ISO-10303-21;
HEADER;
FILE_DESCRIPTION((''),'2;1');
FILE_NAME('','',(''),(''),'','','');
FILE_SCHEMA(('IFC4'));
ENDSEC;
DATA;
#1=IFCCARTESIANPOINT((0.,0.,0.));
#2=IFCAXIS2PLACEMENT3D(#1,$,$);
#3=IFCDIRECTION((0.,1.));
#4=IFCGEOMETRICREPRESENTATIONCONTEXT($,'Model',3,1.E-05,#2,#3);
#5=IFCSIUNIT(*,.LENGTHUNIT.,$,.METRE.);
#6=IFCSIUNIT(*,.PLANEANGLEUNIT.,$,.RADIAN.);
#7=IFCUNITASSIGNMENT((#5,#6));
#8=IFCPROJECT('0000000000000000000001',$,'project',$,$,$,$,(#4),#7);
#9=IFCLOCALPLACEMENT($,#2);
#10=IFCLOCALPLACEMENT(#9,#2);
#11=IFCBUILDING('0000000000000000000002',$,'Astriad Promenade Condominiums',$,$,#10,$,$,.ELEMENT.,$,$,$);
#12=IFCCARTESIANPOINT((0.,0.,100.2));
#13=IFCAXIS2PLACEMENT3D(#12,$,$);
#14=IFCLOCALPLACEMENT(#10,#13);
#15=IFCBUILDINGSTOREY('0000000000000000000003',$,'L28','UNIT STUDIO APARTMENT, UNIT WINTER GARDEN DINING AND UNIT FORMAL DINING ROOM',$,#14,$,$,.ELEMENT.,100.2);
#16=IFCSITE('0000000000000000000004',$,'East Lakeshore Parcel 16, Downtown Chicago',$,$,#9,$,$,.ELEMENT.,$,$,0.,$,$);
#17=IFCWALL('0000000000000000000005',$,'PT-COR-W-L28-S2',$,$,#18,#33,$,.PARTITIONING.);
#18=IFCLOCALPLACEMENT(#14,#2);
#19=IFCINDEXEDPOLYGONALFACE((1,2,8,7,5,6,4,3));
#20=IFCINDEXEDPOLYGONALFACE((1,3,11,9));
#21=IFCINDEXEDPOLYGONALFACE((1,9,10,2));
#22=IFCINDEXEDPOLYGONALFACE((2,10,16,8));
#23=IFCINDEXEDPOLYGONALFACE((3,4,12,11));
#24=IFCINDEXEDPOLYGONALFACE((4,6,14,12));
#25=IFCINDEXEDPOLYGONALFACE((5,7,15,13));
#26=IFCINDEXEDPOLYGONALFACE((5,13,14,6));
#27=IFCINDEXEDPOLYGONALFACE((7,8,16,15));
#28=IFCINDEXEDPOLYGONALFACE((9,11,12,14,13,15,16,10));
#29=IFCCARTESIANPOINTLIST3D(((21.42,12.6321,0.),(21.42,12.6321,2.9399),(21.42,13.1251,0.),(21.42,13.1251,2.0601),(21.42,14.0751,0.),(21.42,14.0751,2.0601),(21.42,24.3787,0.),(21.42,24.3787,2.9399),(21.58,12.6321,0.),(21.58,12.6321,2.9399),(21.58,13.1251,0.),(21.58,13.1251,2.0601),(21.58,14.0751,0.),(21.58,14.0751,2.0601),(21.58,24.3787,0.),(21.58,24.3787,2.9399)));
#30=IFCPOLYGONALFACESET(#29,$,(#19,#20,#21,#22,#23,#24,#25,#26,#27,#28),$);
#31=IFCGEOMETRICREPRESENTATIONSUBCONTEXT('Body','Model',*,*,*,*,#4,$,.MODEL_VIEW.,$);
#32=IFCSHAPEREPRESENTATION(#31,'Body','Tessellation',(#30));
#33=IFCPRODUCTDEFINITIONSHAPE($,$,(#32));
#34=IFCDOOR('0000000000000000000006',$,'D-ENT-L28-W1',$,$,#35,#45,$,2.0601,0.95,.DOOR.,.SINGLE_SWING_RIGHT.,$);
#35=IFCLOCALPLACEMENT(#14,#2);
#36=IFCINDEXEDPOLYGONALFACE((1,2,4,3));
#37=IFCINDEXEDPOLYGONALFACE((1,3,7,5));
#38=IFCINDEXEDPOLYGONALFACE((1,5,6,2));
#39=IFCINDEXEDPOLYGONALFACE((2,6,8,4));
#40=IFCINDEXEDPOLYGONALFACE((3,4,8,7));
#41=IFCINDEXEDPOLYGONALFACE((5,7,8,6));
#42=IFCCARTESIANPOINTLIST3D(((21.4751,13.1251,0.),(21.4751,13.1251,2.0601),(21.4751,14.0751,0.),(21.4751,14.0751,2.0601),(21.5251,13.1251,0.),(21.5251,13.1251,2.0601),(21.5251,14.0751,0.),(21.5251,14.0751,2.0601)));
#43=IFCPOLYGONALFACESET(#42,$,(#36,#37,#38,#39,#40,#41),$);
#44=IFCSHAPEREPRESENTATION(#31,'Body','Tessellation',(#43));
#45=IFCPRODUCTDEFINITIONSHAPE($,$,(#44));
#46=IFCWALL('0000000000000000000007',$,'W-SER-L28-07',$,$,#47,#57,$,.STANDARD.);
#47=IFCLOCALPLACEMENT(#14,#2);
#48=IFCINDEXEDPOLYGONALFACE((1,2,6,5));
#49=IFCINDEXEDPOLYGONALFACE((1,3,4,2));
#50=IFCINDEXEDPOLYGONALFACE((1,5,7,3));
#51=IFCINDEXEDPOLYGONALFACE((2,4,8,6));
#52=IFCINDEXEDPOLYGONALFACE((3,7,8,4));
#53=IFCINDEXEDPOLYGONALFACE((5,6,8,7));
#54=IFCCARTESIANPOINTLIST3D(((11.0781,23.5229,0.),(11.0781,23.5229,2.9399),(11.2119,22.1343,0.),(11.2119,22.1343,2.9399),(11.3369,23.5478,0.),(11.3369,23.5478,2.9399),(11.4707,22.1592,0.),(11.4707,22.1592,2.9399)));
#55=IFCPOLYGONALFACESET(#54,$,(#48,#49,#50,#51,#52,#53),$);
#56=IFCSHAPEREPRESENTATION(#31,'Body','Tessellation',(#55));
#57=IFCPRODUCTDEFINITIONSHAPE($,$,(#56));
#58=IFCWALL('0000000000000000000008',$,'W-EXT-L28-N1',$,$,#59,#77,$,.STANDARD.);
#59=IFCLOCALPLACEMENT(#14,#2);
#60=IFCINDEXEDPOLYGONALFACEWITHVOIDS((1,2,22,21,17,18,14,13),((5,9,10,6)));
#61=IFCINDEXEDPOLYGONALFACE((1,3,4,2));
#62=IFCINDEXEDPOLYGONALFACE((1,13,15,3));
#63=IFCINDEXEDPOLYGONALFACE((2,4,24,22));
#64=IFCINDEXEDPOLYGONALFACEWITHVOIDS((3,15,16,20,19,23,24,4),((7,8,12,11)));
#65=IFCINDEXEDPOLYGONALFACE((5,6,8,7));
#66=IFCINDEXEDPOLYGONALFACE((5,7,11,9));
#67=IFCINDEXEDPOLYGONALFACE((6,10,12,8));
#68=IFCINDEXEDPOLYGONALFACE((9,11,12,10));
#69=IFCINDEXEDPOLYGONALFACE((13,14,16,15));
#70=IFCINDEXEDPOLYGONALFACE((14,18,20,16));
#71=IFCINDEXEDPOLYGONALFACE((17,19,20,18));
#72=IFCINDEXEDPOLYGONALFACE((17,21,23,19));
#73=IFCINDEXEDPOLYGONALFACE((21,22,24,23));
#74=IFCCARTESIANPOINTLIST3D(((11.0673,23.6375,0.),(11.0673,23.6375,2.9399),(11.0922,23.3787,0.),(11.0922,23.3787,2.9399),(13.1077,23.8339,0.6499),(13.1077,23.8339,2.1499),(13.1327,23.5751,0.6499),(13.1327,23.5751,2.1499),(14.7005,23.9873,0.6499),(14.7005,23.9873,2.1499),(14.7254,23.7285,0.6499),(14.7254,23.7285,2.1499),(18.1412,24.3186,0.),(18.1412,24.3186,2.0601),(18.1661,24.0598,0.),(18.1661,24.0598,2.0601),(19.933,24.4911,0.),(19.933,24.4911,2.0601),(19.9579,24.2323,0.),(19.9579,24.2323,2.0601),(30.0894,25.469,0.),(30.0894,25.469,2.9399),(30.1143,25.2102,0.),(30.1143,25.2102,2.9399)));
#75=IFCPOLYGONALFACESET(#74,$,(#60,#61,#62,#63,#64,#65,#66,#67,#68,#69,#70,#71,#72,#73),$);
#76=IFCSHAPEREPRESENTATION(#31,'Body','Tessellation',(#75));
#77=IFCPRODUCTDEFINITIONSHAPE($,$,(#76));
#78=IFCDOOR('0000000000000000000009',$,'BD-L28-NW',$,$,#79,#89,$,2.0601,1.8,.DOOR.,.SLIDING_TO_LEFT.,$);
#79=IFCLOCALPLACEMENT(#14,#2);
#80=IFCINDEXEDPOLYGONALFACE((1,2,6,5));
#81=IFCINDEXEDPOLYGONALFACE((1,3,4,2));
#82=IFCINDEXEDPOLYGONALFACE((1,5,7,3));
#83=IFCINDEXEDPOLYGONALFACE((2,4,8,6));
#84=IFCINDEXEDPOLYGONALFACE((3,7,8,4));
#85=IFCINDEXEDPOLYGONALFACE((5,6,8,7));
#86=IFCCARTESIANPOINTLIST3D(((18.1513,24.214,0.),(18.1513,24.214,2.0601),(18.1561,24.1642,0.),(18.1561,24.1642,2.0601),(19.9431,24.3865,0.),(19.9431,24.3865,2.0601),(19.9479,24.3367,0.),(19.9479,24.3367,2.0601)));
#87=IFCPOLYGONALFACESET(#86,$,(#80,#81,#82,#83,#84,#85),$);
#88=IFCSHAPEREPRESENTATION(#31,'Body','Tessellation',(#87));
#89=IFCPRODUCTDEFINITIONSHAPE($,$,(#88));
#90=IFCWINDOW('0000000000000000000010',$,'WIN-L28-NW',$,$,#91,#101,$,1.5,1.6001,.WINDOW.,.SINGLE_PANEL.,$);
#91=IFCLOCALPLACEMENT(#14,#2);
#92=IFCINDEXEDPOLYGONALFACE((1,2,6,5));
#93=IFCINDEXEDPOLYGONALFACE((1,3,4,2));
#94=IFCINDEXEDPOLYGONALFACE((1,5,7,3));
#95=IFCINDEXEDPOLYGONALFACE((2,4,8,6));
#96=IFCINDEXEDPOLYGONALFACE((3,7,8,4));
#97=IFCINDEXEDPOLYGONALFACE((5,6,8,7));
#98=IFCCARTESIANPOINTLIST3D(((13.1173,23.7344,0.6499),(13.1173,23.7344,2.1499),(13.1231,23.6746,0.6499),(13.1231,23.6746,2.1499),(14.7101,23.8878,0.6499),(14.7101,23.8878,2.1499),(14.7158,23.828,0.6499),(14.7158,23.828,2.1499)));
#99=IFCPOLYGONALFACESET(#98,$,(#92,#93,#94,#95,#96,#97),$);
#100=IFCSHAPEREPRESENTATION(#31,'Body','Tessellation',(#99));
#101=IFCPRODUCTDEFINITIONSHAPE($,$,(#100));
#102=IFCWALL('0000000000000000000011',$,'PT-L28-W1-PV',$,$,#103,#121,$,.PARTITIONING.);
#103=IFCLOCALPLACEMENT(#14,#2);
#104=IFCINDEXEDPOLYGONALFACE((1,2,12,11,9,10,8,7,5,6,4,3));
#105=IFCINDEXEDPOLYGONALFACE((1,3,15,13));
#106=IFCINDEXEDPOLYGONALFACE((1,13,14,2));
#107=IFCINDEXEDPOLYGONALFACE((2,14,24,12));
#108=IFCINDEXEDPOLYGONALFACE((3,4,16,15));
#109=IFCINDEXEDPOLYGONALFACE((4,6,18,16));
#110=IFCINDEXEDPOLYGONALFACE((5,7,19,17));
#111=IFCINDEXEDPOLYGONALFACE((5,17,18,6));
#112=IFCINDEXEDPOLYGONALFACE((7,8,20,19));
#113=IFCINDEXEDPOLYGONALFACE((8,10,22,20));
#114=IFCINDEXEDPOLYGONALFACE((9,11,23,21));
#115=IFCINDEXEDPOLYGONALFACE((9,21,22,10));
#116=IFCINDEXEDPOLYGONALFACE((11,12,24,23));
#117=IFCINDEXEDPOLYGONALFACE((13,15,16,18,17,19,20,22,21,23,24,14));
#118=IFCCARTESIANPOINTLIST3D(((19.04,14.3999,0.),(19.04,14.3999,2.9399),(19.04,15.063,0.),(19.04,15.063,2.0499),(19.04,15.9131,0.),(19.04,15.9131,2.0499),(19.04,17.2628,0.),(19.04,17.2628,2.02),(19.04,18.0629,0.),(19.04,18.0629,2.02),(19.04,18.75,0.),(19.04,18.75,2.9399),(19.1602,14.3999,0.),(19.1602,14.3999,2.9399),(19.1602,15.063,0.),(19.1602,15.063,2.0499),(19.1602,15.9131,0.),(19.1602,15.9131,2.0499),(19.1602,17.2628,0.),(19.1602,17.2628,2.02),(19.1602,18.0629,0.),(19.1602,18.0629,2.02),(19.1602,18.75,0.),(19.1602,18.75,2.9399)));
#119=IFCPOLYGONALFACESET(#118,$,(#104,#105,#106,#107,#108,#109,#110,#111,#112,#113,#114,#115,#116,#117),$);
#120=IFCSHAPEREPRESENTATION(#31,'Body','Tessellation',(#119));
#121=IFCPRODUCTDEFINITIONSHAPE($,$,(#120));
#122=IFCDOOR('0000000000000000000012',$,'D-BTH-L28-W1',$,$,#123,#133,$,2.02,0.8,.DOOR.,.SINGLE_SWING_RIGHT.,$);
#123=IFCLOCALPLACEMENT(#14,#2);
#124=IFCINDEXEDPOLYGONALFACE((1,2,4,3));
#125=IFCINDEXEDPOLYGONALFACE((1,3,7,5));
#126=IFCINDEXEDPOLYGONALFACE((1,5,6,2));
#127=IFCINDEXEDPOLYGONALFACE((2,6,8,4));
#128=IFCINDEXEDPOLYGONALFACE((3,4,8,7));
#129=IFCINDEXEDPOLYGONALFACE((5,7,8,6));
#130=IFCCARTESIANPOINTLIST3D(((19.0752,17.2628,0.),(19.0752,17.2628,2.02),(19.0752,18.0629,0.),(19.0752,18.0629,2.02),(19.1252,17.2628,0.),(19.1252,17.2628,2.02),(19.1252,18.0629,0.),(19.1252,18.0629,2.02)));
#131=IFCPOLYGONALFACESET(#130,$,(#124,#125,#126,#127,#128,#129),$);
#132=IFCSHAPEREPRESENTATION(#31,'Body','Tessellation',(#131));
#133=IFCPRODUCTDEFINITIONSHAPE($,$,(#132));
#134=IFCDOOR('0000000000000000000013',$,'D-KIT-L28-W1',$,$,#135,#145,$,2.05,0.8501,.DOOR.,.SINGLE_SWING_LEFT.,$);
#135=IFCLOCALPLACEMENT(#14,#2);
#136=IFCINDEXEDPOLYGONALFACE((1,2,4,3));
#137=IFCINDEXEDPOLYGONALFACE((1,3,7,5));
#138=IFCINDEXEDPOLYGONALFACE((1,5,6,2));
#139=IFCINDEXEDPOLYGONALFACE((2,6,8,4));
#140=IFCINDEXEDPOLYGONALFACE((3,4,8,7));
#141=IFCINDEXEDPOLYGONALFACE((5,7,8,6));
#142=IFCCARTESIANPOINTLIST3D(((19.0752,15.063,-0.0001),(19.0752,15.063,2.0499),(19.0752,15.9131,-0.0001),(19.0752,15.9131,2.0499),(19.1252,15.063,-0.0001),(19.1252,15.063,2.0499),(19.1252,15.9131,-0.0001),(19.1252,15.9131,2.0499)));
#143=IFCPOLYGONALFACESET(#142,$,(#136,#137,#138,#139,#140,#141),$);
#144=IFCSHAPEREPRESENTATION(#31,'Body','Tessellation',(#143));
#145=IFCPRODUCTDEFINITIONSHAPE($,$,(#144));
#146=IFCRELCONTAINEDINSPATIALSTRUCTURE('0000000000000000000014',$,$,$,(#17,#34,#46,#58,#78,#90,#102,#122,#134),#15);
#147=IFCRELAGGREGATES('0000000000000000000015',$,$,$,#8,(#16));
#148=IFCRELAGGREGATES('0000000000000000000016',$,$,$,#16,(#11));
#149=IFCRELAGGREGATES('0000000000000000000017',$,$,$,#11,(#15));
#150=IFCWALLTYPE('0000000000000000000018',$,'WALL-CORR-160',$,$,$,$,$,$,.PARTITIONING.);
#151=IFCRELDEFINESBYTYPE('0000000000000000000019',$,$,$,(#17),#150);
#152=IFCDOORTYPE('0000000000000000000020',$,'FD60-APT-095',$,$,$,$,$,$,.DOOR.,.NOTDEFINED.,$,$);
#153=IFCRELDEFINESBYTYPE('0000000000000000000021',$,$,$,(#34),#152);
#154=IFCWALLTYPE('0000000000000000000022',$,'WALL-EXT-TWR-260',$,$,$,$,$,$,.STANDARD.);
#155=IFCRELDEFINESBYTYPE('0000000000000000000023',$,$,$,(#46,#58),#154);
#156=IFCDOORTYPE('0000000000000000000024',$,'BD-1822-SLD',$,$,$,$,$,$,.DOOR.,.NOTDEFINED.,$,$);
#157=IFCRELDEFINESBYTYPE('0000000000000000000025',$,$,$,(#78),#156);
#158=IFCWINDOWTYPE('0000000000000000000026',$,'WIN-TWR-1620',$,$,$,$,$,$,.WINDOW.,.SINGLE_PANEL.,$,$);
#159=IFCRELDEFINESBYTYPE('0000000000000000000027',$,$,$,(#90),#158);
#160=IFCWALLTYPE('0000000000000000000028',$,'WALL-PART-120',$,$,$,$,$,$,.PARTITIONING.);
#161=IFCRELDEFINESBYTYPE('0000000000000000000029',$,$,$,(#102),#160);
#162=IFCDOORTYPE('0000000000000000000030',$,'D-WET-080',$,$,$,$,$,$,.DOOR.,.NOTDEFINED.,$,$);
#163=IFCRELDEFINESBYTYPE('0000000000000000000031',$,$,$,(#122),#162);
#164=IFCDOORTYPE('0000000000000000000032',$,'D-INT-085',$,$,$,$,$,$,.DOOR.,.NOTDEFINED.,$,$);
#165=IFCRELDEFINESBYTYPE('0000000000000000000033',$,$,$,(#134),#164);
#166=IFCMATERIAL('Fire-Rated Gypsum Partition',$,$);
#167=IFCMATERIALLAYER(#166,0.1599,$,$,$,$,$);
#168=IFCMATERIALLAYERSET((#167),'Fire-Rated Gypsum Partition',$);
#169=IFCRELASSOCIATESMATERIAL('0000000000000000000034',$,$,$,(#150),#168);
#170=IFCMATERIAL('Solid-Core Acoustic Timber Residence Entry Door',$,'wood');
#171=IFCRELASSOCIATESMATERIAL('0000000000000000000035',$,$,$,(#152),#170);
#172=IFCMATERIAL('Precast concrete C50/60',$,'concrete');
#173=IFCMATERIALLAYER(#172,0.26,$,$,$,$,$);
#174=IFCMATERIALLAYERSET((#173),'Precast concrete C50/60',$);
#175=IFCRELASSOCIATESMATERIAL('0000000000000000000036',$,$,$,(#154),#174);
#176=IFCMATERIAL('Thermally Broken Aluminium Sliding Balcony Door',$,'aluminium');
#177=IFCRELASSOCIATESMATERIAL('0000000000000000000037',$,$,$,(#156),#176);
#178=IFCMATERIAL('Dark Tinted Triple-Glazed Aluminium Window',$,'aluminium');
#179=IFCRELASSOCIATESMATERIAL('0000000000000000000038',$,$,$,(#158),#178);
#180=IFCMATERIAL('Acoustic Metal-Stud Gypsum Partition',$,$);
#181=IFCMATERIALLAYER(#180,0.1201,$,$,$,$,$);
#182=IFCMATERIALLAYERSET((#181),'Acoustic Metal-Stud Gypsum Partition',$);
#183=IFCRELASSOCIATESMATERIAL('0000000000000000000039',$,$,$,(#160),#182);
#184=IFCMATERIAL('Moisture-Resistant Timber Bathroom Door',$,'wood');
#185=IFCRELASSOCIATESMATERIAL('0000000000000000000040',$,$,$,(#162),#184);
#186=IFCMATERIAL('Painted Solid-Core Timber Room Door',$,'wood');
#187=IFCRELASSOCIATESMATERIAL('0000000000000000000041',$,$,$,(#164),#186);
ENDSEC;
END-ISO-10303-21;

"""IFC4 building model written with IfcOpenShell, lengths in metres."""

from ifc_helpers import new_model, si_unit, direction, frame, frame_2d, origin, place, context, subcontext, project, spatial, rectangle, extrude, source, transform, mapped, material, layer, layer_set, type_object, type_shapes, element, fill, save


model = new_model("IFC4")

# Units and contexts
model_context = context("Model", 3, precision=1e-05, world=origin(), true_north=direction((0.0, 1.0)))
body_context = subcontext(model_context, "Body", "Model", "MODEL_VIEW")
ifc_project = project(units=[si_unit("LENGTHUNIT", "METRE"), si_unit("PLANEANGLEUNIT", "RADIAN")], contexts=[model_context])

# Site, building, storey
site_placement = place(None, origin())
site = spatial("IfcSite", under=ifc_project, at=site_placement, Name="East Lakeshore Parcel 16, Downtown Chicago", CompositionType="ELEMENT", RefElevation=0.0)
building_placement = place(site_placement, origin())
building = spatial("IfcBuilding", under=site, at=building_placement, Name="Astriad Promenade Condominiums", CompositionType="ELEMENT")
storey_placement = place(building_placement, frame((0.0, 0.0, 100.2)))
storey = spatial("IfcBuildingStorey", under=building, at=storey_placement, Name="L28", Description="UNIT STUDIO APARTMENT, UNIT WINTER GARDEN DINING AND UNIT FORMAL DINING ROOM", CompositionType="ELEMENT", Elevation=100.2)

# Shared definitions
ifc_material_1 = material(Name="Fire-Rated Gypsum Partition")
ifc_layer_1 = layer(ifc_material_1, 0.1599)
ifc_layer_set_1 = layer_set([ifc_layer_1], Name="Fire-Rated Gypsum Partition")
wall_type_1 = type_object("IfcWallType", Name="WALL-CORR-160", PredefinedType="PARTITIONING", material=ifc_layer_set_1)
ifc_material_2 = material(Name="Solid-Core Acoustic Timber Residence Entry Door", Category="wood")
door_type_1 = type_object("IfcDoorType", Name="FD60-APT-095", OperationType="NOTDEFINED", PredefinedType="DOOR", material=ifc_material_2)
shared_shape_1 = source(origin(), body_context, "Body", "SweptSolid", [
    extrude(rectangle(XDim=0.95, YDim=2.0601, at=frame_2d((0.4751, 1.03))), frame((0.0, 0.0249, 0.0), z_axis=(0.0, -1.0, 0.0), x_axis=(1.0, 0.0, 0.0)), (0.0, 0.0, 1.0), 0.05),
])
type_shapes(door_type_1, [shared_shape_1])

# Wall, opening, door
wall_1_placement = place(storey_placement, frame((21.5, 12.6321, 0.0), z_axis=(0.0, 0.0, 1.0), x_axis=(0.0, 1.0, 0.0)))
wall_1 = element("IfcWall", 1, at=wall_1_placement, inside=storey, type_object=wall_type_1, Name="PT-COR-W-L28-S2", PredefinedType="PARTITIONING", context=body_context, shape_type="SweptSolid", body=[
    extrude(rectangle(XDim=11.7466, YDim=0.1599, at=frame_2d((5.8733, 0.0))), origin(), (0.0, 0.0, 1.0), 2.9399),
])
opening_1_placement = place(wall_1_placement, frame((0.4929, 0.0, 0.0)))
opening_1 = element("IfcOpeningElement", 2, at=opening_1_placement, cuts=wall_1, PredefinedType="OPENING", context=body_context, shape_type="SweptSolid", body=[
    extrude(rectangle(XDim=0.95, YDim=2.0601, at=frame_2d((0.4751, 1.03))), frame((0.0, 0.0898, 0.0), z_axis=(0.0, -1.0, 0.0), x_axis=(1.0, 0.0, 0.0)), (0.0, 0.0, 1.0), 0.1799),
])
door_1_placement = place(opening_1_placement, origin())
door_1 = element("IfcDoor", 3, at=door_1_placement, inside=storey, type_object=door_type_1, Name="D-ENT-L28-W1", OperationType="SINGLE_SWING_RIGHT", OverallHeight=2.0601, OverallWidth=0.95, PredefinedType="DOOR", context=body_context, shape_type="MappedRepresentation", body=[
    mapped(shared_shape_1, transform((0.0, 0.0, 0.0), scale=1.0)),
])
fill(opening_1, door_1)

# Wall
ifc_material_3 = material(Name="Precast concrete C50/60", Category="concrete")
ifc_layer_2 = layer(ifc_material_3, 0.26)
ifc_layer_set_2 = layer_set([ifc_layer_2], Name="Precast concrete C50/60")
wall_type_2 = type_object("IfcWallType", Name="WALL-EXT-TWR-260", PredefinedType="STANDARD", material=ifc_layer_set_2)
wall_2_placement = place(storey_placement, frame((11.3413, 22.1467, 0.0), z_axis=(0.0, 0.0, 1.0), x_axis=(-0.095899, 0.995391, 0.0)))
element("IfcWall", 4, at=wall_2_placement, inside=storey, type_object=wall_type_2, Name="W-SER-L28-07", PredefinedType="STANDARD", context=body_context, shape_type="SweptSolid", body=[
    extrude(rectangle(XDim=1.395, YDim=0.26, at=frame_2d((0.6975, 0.0))), origin(), (0.0, 0.0, 1.0), 2.9399),
])

# Wall, openings, door, window
wall_3_placement = place(storey_placement, frame((11.0796, 23.5081, 0.0), z_axis=(0.0, 0.0, 1.0), x_axis=(0.995397, 0.095841, 0.0)))
wall_3 = element("IfcWall", 5, at=wall_3_placement, inside=storey, type_object=wall_type_2, Name="W-EXT-L28-N1", PredefinedType="STANDARD", context=body_context, shape_type="SweptSolid", body=[
    extrude(rectangle(XDim=19.1101, YDim=0.26, at=frame_2d((9.5552, 0.0))), origin(), (0.0, 0.0, 1.0), 2.9399),
])
opening_2_placement = place(wall_3_placement, frame((7.1069, 0.0, 0.0)))
opening_2 = element("IfcOpeningElement", 6, at=opening_2_placement, cuts=wall_3, PredefinedType="OPENING", context=body_context, shape_type="SweptSolid", body=[
    extrude(rectangle(XDim=1.8, YDim=2.0601, at=frame_2d((0.8999, 1.03))), frame((0.0, 0.1399, 0.0), z_axis=(0.0, -1.0, 0.0), x_axis=(1.0, 0.0, 0.0)), (0.0, 0.0, 1.0), 0.28),
])
opening_3_placement = place(wall_3_placement, frame((2.05, 0.0, 0.6499)))
opening_3 = element("IfcOpeningElement", 7, at=opening_3_placement, cuts=wall_3, PredefinedType="OPENING", context=body_context, shape_type="SweptSolid", body=[
    extrude(rectangle(XDim=1.6001, YDim=1.5, at=frame_2d((0.8, 0.75))), frame((0.0, 0.1399, 0.0), z_axis=(0.0, -1.0, 0.0), x_axis=(1.0, 0.0, 0.0)), (0.0, 0.0, 1.0), 0.28),
])
ifc_material_4 = material(Name="Thermally Broken Aluminium Sliding Balcony Door", Category="aluminium")
door_type_2 = type_object("IfcDoorType", Name="BD-1822-SLD", OperationType="NOTDEFINED", PredefinedType="DOOR", material=ifc_material_4)
shared_shape_2 = source(origin(), body_context, "Body", "SweptSolid", [
    extrude(rectangle(XDim=1.8, YDim=2.0601, at=frame_2d((0.8999, 1.03))), frame((0.0, 0.0249, 0.0), z_axis=(0.0, -1.0, 0.0), x_axis=(1.0, 0.0, 0.0)), (0.0, 0.0, 1.0), 0.05),
])
type_shapes(door_type_2, [shared_shape_2])
door_2_placement = place(opening_2_placement, origin())
door_2 = element("IfcDoor", 8, at=door_2_placement, inside=storey, type_object=door_type_2, Name="BD-L28-NW", OperationType="SLIDING_TO_LEFT", OverallHeight=2.0601, OverallWidth=1.8, PredefinedType="DOOR", context=body_context, shape_type="MappedRepresentation", body=[
    mapped(shared_shape_2, transform((0.0, 0.0, 0.0), scale=1.0)),
])
fill(opening_2, door_2)
ifc_material_5 = material(Name="Dark Tinted Triple-Glazed Aluminium Window", Category="aluminium")
window_type = type_object("IfcWindowType", Name="WIN-TWR-1620", PartitioningType="SINGLE_PANEL", PredefinedType="WINDOW", material=ifc_material_5)
shared_shape_3 = source(origin(), body_context, "Body", "SweptSolid", [
    extrude(rectangle(XDim=1.6001, YDim=1.5, at=frame_2d((0.8, 0.75))), frame((0.0, 0.03, 0.0), z_axis=(0.0, -1.0, 0.0), x_axis=(1.0, 0.0, 0.0)), (0.0, 0.0, 1.0), 0.0601),
])
type_shapes(window_type, [shared_shape_3])
window_placement = place(opening_3_placement, origin())
window = element("IfcWindow", 9, at=window_placement, inside=storey, type_object=window_type, Name="WIN-L28-NW", OverallHeight=1.5, OverallWidth=1.6001, PartitioningType="SINGLE_PANEL", PredefinedType="WINDOW", context=body_context, shape_type="MappedRepresentation", body=[
    mapped(shared_shape_3, transform((0.0, 0.0, 0.0), scale=1.0)),
])
fill(opening_3, window)

# Wall, openings, doors
ifc_material_6 = material(Name="Acoustic Metal-Stud Gypsum Partition")
ifc_layer_3 = layer(ifc_material_6, 0.1201)
ifc_layer_set_3 = layer_set([ifc_layer_3], Name="Acoustic Metal-Stud Gypsum Partition")
wall_type_3 = type_object("IfcWallType", Name="WALL-PART-120", PredefinedType="PARTITIONING", material=ifc_layer_set_3)
wall_4_placement = place(storey_placement, frame((19.1001, 14.3999, 0.0), z_axis=(0.0, 0.0, 1.0), x_axis=(0.0, 1.0, 0.0)))
wall_4 = element("IfcWall", 10, at=wall_4_placement, inside=storey, type_object=wall_type_3, Name="PT-L28-W1-PV", PredefinedType="PARTITIONING", context=body_context, shape_type="SweptSolid", body=[
    extrude(rectangle(XDim=4.3501, YDim=0.1201, at=frame_2d((2.175, 0.0))), origin(), (0.0, 0.0, 1.0), 2.9399),
])
opening_4_placement = place(wall_4_placement, frame((0.6631, 0.0, 0.0)))
opening_4 = element("IfcOpeningElement", 11, at=opening_4_placement, cuts=wall_4, PredefinedType="OPENING", context=body_context, shape_type="SweptSolid", body=[
    extrude(rectangle(XDim=0.8501, YDim=2.05, at=frame_2d((0.425, 1.0249))), frame((0.0, 0.0701, 0.0), z_axis=(0.0, -1.0, 0.0), x_axis=(1.0, 0.0, 0.0)), (0.0, 0.0, 1.0), 0.1401),
])
opening_5_placement = place(wall_4_placement, frame((2.863, 0.0, 0.0)))
opening_5 = element("IfcOpeningElement", 12, at=opening_5_placement, cuts=wall_4, PredefinedType="OPENING", context=body_context, shape_type="SweptSolid", body=[
    extrude(rectangle(XDim=0.8, YDim=2.02, at=frame_2d((0.3999, 1.01))), frame((0.0, 0.0701, 0.0), z_axis=(0.0, -1.0, 0.0), x_axis=(1.0, 0.0, 0.0)), (0.0, 0.0, 1.0), 0.1401),
])
ifc_material_7 = material(Name="Moisture-Resistant Timber Bathroom Door", Category="wood")
door_type_3 = type_object("IfcDoorType", Name="D-WET-080", OperationType="NOTDEFINED", PredefinedType="DOOR", material=ifc_material_7)
shared_shape_4 = source(origin(), body_context, "Body", "SweptSolid", [
    extrude(rectangle(XDim=0.8, YDim=2.02, at=frame_2d((0.3999, 1.01))), frame((0.0, 0.0249, 0.0), z_axis=(0.0, -1.0, 0.0), x_axis=(1.0, 0.0, 0.0)), (0.0, 0.0, 1.0), 0.05),
])
type_shapes(door_type_3, [shared_shape_4])
door_3_placement = place(opening_5_placement, origin())
door_3 = element("IfcDoor", 13, at=door_3_placement, inside=storey, type_object=door_type_3, Name="D-BTH-L28-W1", OperationType="SINGLE_SWING_RIGHT", OverallHeight=2.02, OverallWidth=0.8, PredefinedType="DOOR", context=body_context, shape_type="MappedRepresentation", body=[
    mapped(shared_shape_4, transform((0.0, 0.0, 0.0), scale=1.0)),
])
fill(opening_5, door_3)
ifc_material_8 = material(Name="Painted Solid-Core Timber Room Door", Category="wood")
door_type_4 = type_object("IfcDoorType", Name="D-INT-085", OperationType="NOTDEFINED", PredefinedType="DOOR", material=ifc_material_8)
shared_shape_5 = source(origin(), body_context, "Body", "SweptSolid", [
    extrude(rectangle(XDim=0.8501, YDim=2.05, at=frame_2d((0.425, 1.0249))), frame((0.0, 0.0249, 0.0), z_axis=(0.0, -1.0, 0.0), x_axis=(1.0, 0.0, 0.0)), (0.0, 0.0, 1.0), 0.05),
])
type_shapes(door_type_4, [shared_shape_5])
door_4_placement = place(opening_4_placement, origin())
door_4 = element("IfcDoor", 14, at=door_4_placement, inside=storey, type_object=door_type_4, Name="D-KIT-L28-W1", OperationType="SINGLE_SWING_LEFT", OverallHeight=2.05, OverallWidth=0.8501, PredefinedType="DOOR", context=body_context, shape_type="MappedRepresentation", body=[
    mapped(shared_shape_5, transform((0.0, 0.0, 0.0), scale=1.0)),
])
fill(opening_4, door_4)

save(model, "model.ifc")
